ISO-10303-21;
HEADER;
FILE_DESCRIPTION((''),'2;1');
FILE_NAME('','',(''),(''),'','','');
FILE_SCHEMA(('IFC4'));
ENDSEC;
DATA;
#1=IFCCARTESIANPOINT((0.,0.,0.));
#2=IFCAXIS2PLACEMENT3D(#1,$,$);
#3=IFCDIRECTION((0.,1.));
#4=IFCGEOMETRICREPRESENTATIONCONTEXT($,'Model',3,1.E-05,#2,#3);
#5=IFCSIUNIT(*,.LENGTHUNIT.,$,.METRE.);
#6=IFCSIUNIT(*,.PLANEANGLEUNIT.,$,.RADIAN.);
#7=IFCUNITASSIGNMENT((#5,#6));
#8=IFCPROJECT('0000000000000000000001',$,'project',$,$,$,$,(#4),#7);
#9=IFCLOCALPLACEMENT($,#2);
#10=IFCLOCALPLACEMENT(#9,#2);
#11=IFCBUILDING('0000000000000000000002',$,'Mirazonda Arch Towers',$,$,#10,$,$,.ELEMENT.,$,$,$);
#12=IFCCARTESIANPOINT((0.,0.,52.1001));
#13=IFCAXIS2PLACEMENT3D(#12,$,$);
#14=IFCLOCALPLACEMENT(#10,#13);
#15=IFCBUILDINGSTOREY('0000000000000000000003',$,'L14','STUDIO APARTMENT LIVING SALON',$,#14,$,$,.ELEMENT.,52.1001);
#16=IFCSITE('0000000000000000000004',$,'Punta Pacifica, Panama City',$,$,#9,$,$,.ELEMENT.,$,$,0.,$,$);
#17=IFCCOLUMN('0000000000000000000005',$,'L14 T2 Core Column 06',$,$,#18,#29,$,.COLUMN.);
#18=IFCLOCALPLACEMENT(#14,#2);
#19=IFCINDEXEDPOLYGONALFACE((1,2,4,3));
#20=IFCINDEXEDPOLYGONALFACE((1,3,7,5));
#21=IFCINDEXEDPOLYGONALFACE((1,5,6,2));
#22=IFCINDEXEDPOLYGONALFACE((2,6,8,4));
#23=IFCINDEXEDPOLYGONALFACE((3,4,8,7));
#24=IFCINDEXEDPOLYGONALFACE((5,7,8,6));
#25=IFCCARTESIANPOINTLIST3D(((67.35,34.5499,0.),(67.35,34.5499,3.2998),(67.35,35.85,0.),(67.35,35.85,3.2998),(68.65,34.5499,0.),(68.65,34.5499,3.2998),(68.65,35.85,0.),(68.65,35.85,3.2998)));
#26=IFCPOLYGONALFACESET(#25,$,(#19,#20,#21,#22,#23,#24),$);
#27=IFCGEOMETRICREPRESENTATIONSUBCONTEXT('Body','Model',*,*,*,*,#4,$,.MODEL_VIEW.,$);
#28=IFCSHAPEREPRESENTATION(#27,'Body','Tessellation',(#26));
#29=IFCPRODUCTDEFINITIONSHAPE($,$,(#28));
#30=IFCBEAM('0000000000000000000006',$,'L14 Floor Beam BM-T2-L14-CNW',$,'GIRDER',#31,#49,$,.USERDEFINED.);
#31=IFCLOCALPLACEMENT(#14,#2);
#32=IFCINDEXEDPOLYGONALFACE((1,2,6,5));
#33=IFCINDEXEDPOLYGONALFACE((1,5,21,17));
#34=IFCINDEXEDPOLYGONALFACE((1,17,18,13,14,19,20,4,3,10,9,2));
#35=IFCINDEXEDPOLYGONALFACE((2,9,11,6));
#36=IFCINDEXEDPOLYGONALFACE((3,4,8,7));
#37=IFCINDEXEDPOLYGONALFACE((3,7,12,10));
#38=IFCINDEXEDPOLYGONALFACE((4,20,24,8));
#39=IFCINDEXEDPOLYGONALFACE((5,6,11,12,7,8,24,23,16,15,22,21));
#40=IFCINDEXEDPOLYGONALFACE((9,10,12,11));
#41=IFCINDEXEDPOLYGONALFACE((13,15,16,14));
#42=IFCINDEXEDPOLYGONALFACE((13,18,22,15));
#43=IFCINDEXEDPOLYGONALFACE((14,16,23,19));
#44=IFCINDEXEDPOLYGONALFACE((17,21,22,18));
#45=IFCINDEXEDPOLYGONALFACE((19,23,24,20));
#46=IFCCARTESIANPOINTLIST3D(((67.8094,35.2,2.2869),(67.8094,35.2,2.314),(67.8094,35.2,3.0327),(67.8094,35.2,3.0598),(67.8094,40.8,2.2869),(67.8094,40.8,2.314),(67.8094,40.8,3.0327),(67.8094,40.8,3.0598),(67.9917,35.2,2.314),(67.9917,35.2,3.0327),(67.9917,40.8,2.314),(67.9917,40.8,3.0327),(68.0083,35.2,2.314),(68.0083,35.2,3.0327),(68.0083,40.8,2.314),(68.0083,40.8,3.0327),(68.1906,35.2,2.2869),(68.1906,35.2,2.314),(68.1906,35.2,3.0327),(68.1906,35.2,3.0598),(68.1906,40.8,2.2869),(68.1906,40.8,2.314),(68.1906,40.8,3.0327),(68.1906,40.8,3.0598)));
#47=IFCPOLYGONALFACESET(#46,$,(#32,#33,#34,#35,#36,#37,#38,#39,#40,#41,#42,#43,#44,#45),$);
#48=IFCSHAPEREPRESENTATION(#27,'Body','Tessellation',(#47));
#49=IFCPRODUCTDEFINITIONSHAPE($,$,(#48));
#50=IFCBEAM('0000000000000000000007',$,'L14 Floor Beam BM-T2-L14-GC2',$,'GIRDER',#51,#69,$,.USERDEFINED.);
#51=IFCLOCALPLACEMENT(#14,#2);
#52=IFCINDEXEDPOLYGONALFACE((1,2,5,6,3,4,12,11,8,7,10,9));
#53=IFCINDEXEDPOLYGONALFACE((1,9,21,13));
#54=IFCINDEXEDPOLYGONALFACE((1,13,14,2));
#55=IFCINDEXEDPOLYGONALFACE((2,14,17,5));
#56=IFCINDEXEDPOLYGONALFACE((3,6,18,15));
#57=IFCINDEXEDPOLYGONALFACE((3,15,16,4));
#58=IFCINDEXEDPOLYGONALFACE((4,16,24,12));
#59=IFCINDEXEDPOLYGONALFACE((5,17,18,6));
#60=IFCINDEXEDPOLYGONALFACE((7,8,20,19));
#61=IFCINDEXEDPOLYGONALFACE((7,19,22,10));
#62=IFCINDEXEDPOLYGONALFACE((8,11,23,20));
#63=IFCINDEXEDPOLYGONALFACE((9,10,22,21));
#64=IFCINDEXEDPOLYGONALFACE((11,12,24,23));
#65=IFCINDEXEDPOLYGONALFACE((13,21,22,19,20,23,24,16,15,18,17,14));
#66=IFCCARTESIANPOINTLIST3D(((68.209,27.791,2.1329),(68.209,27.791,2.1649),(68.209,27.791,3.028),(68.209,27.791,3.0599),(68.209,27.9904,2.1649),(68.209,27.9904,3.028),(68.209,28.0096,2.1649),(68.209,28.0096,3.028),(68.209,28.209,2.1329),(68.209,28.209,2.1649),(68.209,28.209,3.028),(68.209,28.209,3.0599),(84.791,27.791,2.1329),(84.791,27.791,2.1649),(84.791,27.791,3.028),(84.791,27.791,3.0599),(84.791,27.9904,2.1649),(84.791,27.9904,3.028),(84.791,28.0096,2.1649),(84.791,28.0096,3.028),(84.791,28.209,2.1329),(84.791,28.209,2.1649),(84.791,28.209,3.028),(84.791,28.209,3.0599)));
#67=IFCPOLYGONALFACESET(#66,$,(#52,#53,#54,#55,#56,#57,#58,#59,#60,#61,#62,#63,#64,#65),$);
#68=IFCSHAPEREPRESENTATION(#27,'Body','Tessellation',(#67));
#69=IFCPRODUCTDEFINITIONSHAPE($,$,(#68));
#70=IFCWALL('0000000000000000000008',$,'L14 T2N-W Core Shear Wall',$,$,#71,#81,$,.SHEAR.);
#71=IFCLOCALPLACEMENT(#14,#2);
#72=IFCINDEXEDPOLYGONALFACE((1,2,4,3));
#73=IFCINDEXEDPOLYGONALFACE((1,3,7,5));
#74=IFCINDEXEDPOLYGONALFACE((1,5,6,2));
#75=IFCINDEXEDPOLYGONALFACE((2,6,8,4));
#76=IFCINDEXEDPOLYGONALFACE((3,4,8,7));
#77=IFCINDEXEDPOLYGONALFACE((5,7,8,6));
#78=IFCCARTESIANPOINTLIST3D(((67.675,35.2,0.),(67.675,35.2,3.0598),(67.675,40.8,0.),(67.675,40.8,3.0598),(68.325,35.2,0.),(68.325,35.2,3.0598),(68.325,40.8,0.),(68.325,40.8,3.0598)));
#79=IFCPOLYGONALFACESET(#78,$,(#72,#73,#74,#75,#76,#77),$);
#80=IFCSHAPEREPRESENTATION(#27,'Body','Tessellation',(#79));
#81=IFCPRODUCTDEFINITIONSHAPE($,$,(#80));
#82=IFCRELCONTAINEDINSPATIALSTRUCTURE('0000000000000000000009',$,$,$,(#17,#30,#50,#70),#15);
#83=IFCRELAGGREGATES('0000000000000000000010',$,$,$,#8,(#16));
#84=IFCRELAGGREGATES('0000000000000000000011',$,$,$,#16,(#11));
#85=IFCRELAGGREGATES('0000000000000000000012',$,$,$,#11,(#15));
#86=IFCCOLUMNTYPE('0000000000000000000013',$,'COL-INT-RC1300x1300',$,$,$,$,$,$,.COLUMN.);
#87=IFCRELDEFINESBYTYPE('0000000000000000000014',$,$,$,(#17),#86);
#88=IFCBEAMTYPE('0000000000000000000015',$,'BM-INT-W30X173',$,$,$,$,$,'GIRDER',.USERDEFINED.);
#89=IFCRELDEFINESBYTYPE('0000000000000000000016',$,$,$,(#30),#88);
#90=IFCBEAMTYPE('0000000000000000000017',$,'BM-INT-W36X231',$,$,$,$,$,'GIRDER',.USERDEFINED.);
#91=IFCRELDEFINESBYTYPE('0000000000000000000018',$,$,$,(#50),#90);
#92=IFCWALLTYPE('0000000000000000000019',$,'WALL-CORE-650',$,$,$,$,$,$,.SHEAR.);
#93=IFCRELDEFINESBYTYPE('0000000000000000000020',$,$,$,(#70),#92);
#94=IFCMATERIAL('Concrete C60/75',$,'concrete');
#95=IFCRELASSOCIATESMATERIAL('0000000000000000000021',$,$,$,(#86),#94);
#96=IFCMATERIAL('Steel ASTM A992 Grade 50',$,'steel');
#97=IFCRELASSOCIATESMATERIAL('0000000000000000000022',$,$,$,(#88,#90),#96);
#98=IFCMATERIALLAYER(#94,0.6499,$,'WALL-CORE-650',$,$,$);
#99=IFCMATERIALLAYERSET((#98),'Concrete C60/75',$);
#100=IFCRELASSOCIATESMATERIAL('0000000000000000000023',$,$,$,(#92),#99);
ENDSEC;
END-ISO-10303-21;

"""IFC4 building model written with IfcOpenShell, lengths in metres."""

from ifc_helpers import new_model, si_unit, direction, frame, frame_2d, origin, origin_2d, place, context, subcontext, project, spatial, rectangle, i_section, extrude, material, layer, layer_set, material_profile, profile_set, type_object, element, save


model = new_model("IFC4")

# Units and contexts
model_context = context("Model", 3, precision=1e-05, world=origin(), true_north=direction((0.0, 1.0)))
body_context = subcontext(model_context, "Body", "Model", "MODEL_VIEW")
ifc_project = project(units=[si_unit("LENGTHUNIT", "METRE"), si_unit("PLANEANGLEUNIT", "RADIAN")], contexts=[model_context])

# Site, building, storey
site_placement = place(None, origin())
site = spatial("IfcSite", under=ifc_project, at=site_placement, Name="Punta Pacifica, Panama City", CompositionType="ELEMENT", RefElevation=0.0)
building_placement = place(site_placement, origin())
building = spatial("IfcBuilding", under=site, at=building_placement, Name="Mirazonda Arch Towers", CompositionType="ELEMENT")
storey_placement = place(building_placement, frame((0.0, 0.0, 52.1001)))
storey = spatial("IfcBuildingStorey", under=building, at=storey_placement, Name="L14", Description="STUDIO APARTMENT LIVING SALON", CompositionType="ELEMENT", Elevation=52.1001)

# Column
ifc_material_1 = material(Name="Concrete C60/75", Category="concrete")
ifc_material_profile_1 = material_profile(ifc_material_1, rectangle(XDim=1.3, YDim=1.3, at=origin_2d()), Name="RC1300x1300")
ifc_profile_set_1 = profile_set([ifc_material_profile_1], Name="Concrete C60/75")
column_type = type_object("IfcColumnType", Name="COL-INT-RC1300x1300", PredefinedType="COLUMN", material=ifc_profile_set_1)
column_placement = place(storey_placement, frame((68.0, 35.2, 0.0), z_axis=(0.0, 0.0, 1.0), x_axis=(1.0, 0.0, 0.0)))
element("IfcColumn", 1, at=column_placement, inside=storey, type_object=column_type, Name="L14 T2 Core Column 06", PredefinedType="COLUMN", context=body_context, shape_type="SweptSolid", body=[
    extrude(rectangle(XDim=1.3, YDim=1.3, at=origin_2d()), origin(), (0.0, 0.0, 1.0), 3.2998),
])

# Beams
ifc_material_2 = material(Name="Steel ASTM A992 Grade 50", Category="steel")
ifc_material_profile_2 = material_profile(ifc_material_2, i_section(OverallWidth=0.3811, OverallDepth=0.7729, WebThickness=0.0166, FlangeThickness=0.0271, at=origin_2d()), Name="W30X173")
ifc_profile_set_2 = profile_set([ifc_material_profile_2], Name="Steel ASTM A992 Grade 50")
beam_type_1 = type_object("IfcBeamType", Name="BM-INT-W30X173", ElementType="GIRDER", PredefinedType="USERDEFINED", material=ifc_profile_set_2)
beam_1_placement = place(storey_placement, frame((68.0, 35.2, 2.6733), z_axis=(0.0, 1.0, 0.0), x_axis=(-1.0, 0.0, 0.0)))
element("IfcBeam", 2, at=beam_1_placement, inside=storey, type_object=beam_type_1, Name="L14 Floor Beam BM-T2-L14-CNW", ObjectType="GIRDER", PredefinedType="USERDEFINED", context=body_context, shape_type="SweptSolid", body=[
    extrude(i_section(OverallWidth=0.3811, OverallDepth=0.7729, WebThickness=0.0166, FlangeThickness=0.0271, at=origin_2d()), origin(), (0.0, 0.0, 1.0), 5.6001),
])
ifc_material_profile_3 = material_profile(ifc_material_2, i_section(OverallWidth=0.418, OverallDepth=0.927, WebThickness=0.0193, FlangeThickness=0.032, at=origin_2d()), Name="W36X231")
ifc_profile_set_3 = profile_set([ifc_material_profile_3], Name="Steel ASTM A992 Grade 50")
beam_type_2 = type_object("IfcBeamType", Name="BM-INT-W36X231", ElementType="GIRDER", PredefinedType="USERDEFINED", material=ifc_profile_set_3)
beam_2_placement = place(storey_placement, frame((68.209, 28.0, 2.5964), z_axis=(1.0, 0.0, 0.0), x_axis=(0.0, 1.0, 0.0)))
element("IfcBeam", 3, at=beam_2_placement, inside=storey, type_object=beam_type_2, Name="L14 Floor Beam BM-T2-L14-GC2", ObjectType="GIRDER", PredefinedType="USERDEFINED", context=body_context, shape_type="SweptSolid", body=[
    extrude(i_section(OverallWidth=0.418, OverallDepth=0.927, WebThickness=0.0193, FlangeThickness=0.032, at=origin_2d()), origin(), (0.0, 0.0, 1.0), 16.582),
])

# Wall
ifc_layer_1 = layer(ifc_material_1, 0.6499, Name="WALL-CORE-650")
ifc_layer_set_1 = layer_set([ifc_layer_1], Name="Concrete C60/75")
wall_type_1 = type_object("IfcWallType", Name="WALL-CORE-650", PredefinedType="SHEAR", material=ifc_layer_set_1)
wall_1_placement = place(storey_placement, frame((68.0, 35.2, 0.0), z_axis=(0.0, 0.0, 1.0), x_axis=(0.0, 1.0, 0.0)))
element("IfcWall", 4, at=wall_1_placement, inside=storey, type_object=wall_type_1, Name="L14 T2N-W Core Shear Wall", PredefinedType="SHEAR", context=body_context, shape_type="SweptSolid", body=[
    extrude(rectangle(XDim=5.6001, YDim=0.6499, at=frame_2d((2.8, 0.0))), origin(), (0.0, 0.0, 1.0), 3.0598),
])

save(model, "model.ifc")
